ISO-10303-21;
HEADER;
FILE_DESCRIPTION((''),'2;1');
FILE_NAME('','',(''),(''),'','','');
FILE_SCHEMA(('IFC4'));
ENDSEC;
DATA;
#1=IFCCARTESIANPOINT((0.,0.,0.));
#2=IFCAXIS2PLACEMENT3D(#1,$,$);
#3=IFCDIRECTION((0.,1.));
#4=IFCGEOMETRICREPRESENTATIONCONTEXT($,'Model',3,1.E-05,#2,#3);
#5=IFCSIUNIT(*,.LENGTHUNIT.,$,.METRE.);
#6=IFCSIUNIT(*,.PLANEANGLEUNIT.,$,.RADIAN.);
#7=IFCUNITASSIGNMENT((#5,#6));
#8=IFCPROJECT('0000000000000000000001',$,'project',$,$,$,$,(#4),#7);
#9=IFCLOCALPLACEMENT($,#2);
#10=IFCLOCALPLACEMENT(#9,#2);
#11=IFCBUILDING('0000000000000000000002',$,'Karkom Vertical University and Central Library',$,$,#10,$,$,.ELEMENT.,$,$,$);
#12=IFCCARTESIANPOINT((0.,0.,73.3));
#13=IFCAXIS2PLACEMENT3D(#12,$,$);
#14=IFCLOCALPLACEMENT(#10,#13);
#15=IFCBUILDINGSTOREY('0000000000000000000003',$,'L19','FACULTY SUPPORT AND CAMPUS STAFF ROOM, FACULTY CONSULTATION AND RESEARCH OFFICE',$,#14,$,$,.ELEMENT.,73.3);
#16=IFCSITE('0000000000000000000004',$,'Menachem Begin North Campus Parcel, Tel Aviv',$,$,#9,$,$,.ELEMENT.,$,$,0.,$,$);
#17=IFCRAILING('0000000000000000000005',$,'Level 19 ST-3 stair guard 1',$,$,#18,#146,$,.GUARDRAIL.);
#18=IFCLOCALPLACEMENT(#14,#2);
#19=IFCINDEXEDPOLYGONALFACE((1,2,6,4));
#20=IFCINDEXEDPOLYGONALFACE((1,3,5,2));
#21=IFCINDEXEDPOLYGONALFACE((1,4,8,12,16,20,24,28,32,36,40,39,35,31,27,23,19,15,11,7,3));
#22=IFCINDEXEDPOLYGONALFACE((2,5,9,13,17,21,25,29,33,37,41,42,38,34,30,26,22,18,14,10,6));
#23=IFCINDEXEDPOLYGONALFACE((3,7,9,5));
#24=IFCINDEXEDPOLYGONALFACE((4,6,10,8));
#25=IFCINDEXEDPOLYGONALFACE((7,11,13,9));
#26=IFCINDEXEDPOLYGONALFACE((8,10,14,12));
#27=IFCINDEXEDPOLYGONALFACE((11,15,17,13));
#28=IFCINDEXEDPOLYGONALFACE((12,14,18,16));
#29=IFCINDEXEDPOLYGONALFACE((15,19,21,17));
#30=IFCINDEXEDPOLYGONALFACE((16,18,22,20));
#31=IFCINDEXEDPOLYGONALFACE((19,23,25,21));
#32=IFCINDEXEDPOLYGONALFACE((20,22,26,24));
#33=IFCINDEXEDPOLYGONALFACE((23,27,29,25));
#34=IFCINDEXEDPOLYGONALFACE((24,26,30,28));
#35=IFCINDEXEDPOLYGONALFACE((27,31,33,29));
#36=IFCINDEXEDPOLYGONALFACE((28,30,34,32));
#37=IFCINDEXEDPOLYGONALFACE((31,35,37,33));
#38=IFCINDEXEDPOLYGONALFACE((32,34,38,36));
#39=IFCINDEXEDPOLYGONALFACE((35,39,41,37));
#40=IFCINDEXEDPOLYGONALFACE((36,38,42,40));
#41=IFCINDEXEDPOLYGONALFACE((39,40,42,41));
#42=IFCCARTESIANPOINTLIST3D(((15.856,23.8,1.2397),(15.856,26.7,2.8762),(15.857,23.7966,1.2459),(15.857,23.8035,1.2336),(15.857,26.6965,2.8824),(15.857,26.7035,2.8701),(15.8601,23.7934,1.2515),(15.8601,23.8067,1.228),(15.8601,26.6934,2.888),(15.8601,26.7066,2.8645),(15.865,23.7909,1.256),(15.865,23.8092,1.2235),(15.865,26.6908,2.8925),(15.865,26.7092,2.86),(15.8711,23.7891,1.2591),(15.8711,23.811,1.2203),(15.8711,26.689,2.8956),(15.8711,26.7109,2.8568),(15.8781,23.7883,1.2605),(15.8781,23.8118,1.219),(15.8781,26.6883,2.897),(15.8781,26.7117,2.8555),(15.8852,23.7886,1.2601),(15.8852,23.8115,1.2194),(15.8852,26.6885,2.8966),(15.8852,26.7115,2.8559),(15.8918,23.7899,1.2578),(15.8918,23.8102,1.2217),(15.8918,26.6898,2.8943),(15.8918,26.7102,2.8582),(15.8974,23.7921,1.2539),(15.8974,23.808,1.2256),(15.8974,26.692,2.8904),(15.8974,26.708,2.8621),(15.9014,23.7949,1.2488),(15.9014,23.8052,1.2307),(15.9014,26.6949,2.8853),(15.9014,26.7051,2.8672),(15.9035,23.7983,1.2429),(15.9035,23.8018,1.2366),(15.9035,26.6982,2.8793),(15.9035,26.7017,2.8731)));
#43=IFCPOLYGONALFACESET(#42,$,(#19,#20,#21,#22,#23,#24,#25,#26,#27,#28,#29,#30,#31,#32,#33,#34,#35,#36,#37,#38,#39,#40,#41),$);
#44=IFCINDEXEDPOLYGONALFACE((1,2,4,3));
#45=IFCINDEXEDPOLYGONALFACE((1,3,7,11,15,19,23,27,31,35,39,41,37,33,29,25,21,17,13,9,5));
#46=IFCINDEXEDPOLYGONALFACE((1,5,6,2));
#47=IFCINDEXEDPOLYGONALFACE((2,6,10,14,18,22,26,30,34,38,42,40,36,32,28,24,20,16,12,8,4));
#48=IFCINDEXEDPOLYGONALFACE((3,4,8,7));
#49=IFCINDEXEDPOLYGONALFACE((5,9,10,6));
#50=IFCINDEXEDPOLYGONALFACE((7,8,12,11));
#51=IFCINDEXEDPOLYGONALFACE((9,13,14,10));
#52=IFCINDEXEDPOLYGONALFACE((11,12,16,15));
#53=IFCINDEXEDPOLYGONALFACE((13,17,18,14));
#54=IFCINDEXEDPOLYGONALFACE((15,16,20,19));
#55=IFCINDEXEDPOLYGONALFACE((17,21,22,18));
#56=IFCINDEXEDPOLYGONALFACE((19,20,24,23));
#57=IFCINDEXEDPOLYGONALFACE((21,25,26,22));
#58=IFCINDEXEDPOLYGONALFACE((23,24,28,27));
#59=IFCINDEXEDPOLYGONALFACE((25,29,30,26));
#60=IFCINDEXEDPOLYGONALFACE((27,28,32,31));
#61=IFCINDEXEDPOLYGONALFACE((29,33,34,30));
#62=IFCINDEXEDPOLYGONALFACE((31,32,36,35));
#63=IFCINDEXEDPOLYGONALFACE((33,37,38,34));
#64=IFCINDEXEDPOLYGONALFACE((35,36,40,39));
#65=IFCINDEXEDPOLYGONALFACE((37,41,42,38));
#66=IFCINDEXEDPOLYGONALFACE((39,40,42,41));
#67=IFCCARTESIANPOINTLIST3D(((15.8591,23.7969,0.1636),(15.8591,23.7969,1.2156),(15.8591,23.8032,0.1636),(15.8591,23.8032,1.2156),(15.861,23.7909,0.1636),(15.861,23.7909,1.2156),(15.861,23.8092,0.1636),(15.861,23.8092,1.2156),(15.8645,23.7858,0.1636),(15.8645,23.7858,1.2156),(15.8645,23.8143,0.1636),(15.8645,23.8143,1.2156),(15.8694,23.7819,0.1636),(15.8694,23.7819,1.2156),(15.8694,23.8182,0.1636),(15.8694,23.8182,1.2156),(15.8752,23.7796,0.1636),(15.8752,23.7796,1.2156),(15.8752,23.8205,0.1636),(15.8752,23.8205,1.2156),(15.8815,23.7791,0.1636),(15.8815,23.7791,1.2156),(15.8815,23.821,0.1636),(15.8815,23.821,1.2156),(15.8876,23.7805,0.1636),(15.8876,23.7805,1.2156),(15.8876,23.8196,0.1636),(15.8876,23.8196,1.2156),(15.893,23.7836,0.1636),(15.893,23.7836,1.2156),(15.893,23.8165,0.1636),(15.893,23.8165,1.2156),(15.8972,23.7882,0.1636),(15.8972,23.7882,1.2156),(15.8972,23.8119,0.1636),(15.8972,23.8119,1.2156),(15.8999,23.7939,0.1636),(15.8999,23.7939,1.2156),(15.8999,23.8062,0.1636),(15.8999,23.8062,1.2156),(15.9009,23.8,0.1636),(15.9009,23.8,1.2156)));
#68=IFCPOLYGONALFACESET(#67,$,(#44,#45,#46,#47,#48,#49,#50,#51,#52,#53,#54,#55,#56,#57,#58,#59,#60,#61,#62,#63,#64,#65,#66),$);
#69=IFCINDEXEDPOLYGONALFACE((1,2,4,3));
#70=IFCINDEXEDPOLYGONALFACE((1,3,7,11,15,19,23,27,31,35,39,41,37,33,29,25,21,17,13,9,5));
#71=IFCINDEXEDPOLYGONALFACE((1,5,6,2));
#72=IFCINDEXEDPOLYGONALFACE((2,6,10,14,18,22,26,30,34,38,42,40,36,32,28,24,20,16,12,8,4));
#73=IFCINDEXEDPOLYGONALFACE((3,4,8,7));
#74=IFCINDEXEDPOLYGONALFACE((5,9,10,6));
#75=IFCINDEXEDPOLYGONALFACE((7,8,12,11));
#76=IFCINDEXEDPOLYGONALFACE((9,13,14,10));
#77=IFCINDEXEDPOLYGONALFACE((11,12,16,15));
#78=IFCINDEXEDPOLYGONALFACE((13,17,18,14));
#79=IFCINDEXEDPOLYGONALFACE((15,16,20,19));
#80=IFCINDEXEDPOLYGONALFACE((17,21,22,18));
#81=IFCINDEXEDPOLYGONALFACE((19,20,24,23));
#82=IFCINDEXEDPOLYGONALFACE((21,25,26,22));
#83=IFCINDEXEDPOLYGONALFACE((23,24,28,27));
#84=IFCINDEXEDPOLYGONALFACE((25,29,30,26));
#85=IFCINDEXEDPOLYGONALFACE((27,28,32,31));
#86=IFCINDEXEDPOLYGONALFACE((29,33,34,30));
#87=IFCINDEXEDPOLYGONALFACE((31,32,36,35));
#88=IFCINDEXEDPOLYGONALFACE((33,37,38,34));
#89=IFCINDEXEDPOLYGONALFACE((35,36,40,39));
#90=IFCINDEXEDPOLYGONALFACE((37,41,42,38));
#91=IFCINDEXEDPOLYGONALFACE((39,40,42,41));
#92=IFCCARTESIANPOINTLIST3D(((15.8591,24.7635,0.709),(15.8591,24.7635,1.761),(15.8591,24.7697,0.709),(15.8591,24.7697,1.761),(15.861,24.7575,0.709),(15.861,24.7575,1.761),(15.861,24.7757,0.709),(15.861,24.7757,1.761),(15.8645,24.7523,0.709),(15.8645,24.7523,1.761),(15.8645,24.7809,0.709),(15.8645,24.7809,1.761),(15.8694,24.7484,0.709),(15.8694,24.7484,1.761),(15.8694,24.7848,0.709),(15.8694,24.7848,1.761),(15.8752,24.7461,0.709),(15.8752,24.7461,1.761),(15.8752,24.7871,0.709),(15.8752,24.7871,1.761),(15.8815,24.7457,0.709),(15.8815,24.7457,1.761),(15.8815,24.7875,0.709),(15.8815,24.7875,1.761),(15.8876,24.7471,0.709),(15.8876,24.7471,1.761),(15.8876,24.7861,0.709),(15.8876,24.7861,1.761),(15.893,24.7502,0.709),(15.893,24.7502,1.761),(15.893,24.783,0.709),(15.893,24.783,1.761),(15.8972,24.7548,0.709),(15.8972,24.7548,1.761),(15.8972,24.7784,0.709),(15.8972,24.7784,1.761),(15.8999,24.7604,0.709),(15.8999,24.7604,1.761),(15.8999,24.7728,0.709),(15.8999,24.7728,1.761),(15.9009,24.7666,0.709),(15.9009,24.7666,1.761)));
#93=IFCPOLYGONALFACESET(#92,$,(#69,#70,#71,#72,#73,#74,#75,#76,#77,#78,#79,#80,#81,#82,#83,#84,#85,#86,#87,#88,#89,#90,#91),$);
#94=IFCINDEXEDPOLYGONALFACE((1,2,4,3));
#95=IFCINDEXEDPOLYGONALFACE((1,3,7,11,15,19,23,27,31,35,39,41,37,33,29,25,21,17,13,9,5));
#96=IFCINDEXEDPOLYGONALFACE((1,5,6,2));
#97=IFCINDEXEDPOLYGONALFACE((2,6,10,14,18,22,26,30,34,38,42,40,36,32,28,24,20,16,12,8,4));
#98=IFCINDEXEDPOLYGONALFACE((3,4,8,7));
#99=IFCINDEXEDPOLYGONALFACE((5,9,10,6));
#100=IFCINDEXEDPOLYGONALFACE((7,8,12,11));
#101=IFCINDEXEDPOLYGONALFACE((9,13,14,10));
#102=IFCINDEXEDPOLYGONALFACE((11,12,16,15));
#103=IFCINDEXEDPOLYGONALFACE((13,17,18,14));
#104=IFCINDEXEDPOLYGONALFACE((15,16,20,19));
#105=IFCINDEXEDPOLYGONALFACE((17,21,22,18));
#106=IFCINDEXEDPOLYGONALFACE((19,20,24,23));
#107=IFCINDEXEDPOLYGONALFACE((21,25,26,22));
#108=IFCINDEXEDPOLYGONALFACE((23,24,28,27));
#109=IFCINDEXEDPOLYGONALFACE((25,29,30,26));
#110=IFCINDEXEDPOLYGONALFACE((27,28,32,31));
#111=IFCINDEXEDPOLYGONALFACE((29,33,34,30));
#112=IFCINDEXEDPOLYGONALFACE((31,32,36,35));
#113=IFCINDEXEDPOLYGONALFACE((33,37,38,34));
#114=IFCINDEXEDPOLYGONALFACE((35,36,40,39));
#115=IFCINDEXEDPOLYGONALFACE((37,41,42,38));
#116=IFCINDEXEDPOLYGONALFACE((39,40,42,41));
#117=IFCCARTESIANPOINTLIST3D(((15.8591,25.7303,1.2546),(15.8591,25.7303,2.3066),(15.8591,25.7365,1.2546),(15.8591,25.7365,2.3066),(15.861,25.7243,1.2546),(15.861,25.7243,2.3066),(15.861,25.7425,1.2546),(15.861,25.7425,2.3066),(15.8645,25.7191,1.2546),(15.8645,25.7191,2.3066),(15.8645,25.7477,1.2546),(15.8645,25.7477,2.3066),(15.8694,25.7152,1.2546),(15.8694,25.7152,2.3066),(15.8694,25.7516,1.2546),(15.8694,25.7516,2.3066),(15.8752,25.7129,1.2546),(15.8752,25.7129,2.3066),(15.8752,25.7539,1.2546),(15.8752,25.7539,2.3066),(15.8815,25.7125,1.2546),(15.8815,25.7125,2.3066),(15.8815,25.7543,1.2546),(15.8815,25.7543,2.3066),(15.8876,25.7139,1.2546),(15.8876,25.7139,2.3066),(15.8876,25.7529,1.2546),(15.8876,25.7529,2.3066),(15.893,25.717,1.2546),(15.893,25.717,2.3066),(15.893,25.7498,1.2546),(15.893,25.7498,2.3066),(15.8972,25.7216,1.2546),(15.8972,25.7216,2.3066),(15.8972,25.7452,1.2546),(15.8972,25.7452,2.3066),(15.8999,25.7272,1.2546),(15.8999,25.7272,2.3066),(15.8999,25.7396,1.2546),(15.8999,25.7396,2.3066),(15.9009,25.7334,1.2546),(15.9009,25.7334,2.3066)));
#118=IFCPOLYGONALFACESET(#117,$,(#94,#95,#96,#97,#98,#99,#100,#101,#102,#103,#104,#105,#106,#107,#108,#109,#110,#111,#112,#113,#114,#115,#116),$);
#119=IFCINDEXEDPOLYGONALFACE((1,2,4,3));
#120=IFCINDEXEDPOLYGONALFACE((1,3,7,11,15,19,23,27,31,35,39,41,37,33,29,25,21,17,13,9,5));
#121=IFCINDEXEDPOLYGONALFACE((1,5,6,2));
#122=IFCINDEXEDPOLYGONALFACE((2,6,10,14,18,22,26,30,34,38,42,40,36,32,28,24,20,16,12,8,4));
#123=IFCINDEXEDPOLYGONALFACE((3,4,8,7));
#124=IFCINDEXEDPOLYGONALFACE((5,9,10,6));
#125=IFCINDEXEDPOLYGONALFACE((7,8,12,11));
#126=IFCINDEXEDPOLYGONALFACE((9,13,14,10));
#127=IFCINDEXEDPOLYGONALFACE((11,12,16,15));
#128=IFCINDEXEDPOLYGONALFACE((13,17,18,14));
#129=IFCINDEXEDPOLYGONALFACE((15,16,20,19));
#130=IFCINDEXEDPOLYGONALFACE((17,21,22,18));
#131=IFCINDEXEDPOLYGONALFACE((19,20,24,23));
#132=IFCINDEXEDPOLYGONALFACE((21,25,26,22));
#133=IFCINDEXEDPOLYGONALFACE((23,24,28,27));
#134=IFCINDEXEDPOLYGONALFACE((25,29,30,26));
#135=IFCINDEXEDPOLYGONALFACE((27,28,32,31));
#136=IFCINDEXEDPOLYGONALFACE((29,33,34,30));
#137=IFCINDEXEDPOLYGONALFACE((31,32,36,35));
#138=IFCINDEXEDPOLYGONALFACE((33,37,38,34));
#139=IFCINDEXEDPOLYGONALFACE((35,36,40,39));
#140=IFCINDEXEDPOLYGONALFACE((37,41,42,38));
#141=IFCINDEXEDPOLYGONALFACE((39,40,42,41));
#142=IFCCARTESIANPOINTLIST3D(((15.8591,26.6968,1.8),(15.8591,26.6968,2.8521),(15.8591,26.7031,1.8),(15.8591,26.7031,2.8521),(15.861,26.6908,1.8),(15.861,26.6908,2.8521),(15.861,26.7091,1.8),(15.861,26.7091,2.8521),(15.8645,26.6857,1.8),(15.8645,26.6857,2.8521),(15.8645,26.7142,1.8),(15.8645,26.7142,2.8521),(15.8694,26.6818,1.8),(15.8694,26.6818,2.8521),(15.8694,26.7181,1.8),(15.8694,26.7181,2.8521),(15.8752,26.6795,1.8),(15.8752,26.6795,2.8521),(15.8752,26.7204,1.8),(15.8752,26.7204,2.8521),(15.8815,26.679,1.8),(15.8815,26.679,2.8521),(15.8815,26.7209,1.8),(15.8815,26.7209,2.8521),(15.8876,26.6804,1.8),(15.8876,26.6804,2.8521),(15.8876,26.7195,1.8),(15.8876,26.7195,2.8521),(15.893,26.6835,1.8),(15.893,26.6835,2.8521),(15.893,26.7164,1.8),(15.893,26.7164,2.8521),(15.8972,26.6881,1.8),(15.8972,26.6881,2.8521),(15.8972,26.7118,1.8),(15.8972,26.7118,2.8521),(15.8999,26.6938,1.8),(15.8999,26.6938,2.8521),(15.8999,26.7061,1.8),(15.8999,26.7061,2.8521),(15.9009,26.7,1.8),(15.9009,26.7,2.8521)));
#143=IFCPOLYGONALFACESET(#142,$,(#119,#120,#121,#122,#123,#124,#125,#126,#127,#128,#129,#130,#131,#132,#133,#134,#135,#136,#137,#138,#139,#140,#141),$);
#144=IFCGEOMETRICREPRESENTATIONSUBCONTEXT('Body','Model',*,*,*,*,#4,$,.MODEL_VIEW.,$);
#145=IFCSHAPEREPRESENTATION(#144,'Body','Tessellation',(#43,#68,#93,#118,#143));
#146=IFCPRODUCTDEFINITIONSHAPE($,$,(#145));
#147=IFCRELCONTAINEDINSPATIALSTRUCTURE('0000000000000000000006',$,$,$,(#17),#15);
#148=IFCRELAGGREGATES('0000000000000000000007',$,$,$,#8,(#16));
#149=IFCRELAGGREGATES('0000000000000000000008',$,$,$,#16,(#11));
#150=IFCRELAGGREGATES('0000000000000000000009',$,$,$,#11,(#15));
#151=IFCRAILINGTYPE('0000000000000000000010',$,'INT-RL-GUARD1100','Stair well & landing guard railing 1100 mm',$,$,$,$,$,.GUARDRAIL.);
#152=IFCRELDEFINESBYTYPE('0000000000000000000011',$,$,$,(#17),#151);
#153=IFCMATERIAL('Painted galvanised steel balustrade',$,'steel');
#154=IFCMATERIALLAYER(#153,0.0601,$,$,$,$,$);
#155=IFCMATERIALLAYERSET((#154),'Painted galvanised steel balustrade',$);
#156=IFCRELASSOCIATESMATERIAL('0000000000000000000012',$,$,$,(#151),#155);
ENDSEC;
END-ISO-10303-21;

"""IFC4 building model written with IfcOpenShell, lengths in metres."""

from ifc_helpers import new_model, si_unit, direction, frame, origin, origin_2d, place, context, subcontext, project, spatial, circle, extrude, material, layer, layer_set, type_object, element, save


model = new_model("IFC4")

# Units and contexts
model_context = context("Model", 3, precision=1e-05, world=origin(), true_north=direction((0.0, 1.0)))
body_context = subcontext(model_context, "Body", "Model", "MODEL_VIEW")
ifc_project = project(units=[si_unit("LENGTHUNIT", "METRE"), si_unit("PLANEANGLEUNIT", "RADIAN")], contexts=[model_context])

# Site, building, storey
site_placement = place(None, origin())
site = spatial("IfcSite", under=ifc_project, at=site_placement, Name="Menachem Begin North Campus Parcel, Tel Aviv", CompositionType="ELEMENT", RefElevation=0.0)
building_placement = place(site_placement, origin())
building = spatial("IfcBuilding", under=site, at=building_placement, Name="Karkom Vertical University and Central Library", CompositionType="ELEMENT")
storey_placement = place(building_placement, frame((0.0, 0.0, 73.3)))
storey = spatial("IfcBuildingStorey", under=building, at=storey_placement, Name="L19", Description="FACULTY SUPPORT AND CAMPUS STAFF ROOM, FACULTY CONSULTATION AND RESEARCH OFFICE", CompositionType="ELEMENT", Elevation=73.3)

# Railing
ifc_material_1 = material(Name="Painted galvanised steel balustrade", Category="steel")
ifc_layer_1 = layer(ifc_material_1, 0.0601)
ifc_layer_set_1 = layer_set([ifc_layer_1], Name="Painted galvanised steel balustrade")
railing_type_1 = type_object("IfcRailingType", Name="INT-RL-GUARD1100", Description="Stair well & landing guard railing 1100 mm", PredefinedType="GUARDRAIL", material=ifc_layer_set_1)
railing_1_placement = place(storey_placement, frame((15.8799, 23.8, 0.1636)))
element("IfcRailing", 1, at=railing_1_placement, inside=storey, type_object=railing_type_1, Name="Level 19 ST-3 stair guard 1", PredefinedType="GUARDRAIL", context=body_context, shape_type="SweptSolid", body=[
    extrude(circle(Radius=0.0239, at=origin_2d()), frame((0.0, 0.0, 1.0762), z_axis=(0.0, 0.870897, 0.491465), x_axis=(-1.0, 0.0, 0.0)), (0.0, 0.0, 1.0), 3.3298),
    extrude(circle(Radius=0.021, at=origin_2d()), origin(), (0.0, 0.0, 1.0), 1.052),
    extrude(circle(Radius=0.021, at=origin_2d()), frame((0.0, 0.9666, 0.5454)), (0.0, 0.0, 1.0), 1.052),
    extrude(circle(Radius=0.021, at=origin_2d()), frame((0.0, 1.9333, 1.0911)), (0.0, 0.0, 1.0), 1.052),
    extrude(circle(Radius=0.021, at=origin_2d()), frame((0.0, 2.8999, 1.6365)), (0.0, 0.0, 1.0), 1.052),
])

save(model, "model.ifc")
